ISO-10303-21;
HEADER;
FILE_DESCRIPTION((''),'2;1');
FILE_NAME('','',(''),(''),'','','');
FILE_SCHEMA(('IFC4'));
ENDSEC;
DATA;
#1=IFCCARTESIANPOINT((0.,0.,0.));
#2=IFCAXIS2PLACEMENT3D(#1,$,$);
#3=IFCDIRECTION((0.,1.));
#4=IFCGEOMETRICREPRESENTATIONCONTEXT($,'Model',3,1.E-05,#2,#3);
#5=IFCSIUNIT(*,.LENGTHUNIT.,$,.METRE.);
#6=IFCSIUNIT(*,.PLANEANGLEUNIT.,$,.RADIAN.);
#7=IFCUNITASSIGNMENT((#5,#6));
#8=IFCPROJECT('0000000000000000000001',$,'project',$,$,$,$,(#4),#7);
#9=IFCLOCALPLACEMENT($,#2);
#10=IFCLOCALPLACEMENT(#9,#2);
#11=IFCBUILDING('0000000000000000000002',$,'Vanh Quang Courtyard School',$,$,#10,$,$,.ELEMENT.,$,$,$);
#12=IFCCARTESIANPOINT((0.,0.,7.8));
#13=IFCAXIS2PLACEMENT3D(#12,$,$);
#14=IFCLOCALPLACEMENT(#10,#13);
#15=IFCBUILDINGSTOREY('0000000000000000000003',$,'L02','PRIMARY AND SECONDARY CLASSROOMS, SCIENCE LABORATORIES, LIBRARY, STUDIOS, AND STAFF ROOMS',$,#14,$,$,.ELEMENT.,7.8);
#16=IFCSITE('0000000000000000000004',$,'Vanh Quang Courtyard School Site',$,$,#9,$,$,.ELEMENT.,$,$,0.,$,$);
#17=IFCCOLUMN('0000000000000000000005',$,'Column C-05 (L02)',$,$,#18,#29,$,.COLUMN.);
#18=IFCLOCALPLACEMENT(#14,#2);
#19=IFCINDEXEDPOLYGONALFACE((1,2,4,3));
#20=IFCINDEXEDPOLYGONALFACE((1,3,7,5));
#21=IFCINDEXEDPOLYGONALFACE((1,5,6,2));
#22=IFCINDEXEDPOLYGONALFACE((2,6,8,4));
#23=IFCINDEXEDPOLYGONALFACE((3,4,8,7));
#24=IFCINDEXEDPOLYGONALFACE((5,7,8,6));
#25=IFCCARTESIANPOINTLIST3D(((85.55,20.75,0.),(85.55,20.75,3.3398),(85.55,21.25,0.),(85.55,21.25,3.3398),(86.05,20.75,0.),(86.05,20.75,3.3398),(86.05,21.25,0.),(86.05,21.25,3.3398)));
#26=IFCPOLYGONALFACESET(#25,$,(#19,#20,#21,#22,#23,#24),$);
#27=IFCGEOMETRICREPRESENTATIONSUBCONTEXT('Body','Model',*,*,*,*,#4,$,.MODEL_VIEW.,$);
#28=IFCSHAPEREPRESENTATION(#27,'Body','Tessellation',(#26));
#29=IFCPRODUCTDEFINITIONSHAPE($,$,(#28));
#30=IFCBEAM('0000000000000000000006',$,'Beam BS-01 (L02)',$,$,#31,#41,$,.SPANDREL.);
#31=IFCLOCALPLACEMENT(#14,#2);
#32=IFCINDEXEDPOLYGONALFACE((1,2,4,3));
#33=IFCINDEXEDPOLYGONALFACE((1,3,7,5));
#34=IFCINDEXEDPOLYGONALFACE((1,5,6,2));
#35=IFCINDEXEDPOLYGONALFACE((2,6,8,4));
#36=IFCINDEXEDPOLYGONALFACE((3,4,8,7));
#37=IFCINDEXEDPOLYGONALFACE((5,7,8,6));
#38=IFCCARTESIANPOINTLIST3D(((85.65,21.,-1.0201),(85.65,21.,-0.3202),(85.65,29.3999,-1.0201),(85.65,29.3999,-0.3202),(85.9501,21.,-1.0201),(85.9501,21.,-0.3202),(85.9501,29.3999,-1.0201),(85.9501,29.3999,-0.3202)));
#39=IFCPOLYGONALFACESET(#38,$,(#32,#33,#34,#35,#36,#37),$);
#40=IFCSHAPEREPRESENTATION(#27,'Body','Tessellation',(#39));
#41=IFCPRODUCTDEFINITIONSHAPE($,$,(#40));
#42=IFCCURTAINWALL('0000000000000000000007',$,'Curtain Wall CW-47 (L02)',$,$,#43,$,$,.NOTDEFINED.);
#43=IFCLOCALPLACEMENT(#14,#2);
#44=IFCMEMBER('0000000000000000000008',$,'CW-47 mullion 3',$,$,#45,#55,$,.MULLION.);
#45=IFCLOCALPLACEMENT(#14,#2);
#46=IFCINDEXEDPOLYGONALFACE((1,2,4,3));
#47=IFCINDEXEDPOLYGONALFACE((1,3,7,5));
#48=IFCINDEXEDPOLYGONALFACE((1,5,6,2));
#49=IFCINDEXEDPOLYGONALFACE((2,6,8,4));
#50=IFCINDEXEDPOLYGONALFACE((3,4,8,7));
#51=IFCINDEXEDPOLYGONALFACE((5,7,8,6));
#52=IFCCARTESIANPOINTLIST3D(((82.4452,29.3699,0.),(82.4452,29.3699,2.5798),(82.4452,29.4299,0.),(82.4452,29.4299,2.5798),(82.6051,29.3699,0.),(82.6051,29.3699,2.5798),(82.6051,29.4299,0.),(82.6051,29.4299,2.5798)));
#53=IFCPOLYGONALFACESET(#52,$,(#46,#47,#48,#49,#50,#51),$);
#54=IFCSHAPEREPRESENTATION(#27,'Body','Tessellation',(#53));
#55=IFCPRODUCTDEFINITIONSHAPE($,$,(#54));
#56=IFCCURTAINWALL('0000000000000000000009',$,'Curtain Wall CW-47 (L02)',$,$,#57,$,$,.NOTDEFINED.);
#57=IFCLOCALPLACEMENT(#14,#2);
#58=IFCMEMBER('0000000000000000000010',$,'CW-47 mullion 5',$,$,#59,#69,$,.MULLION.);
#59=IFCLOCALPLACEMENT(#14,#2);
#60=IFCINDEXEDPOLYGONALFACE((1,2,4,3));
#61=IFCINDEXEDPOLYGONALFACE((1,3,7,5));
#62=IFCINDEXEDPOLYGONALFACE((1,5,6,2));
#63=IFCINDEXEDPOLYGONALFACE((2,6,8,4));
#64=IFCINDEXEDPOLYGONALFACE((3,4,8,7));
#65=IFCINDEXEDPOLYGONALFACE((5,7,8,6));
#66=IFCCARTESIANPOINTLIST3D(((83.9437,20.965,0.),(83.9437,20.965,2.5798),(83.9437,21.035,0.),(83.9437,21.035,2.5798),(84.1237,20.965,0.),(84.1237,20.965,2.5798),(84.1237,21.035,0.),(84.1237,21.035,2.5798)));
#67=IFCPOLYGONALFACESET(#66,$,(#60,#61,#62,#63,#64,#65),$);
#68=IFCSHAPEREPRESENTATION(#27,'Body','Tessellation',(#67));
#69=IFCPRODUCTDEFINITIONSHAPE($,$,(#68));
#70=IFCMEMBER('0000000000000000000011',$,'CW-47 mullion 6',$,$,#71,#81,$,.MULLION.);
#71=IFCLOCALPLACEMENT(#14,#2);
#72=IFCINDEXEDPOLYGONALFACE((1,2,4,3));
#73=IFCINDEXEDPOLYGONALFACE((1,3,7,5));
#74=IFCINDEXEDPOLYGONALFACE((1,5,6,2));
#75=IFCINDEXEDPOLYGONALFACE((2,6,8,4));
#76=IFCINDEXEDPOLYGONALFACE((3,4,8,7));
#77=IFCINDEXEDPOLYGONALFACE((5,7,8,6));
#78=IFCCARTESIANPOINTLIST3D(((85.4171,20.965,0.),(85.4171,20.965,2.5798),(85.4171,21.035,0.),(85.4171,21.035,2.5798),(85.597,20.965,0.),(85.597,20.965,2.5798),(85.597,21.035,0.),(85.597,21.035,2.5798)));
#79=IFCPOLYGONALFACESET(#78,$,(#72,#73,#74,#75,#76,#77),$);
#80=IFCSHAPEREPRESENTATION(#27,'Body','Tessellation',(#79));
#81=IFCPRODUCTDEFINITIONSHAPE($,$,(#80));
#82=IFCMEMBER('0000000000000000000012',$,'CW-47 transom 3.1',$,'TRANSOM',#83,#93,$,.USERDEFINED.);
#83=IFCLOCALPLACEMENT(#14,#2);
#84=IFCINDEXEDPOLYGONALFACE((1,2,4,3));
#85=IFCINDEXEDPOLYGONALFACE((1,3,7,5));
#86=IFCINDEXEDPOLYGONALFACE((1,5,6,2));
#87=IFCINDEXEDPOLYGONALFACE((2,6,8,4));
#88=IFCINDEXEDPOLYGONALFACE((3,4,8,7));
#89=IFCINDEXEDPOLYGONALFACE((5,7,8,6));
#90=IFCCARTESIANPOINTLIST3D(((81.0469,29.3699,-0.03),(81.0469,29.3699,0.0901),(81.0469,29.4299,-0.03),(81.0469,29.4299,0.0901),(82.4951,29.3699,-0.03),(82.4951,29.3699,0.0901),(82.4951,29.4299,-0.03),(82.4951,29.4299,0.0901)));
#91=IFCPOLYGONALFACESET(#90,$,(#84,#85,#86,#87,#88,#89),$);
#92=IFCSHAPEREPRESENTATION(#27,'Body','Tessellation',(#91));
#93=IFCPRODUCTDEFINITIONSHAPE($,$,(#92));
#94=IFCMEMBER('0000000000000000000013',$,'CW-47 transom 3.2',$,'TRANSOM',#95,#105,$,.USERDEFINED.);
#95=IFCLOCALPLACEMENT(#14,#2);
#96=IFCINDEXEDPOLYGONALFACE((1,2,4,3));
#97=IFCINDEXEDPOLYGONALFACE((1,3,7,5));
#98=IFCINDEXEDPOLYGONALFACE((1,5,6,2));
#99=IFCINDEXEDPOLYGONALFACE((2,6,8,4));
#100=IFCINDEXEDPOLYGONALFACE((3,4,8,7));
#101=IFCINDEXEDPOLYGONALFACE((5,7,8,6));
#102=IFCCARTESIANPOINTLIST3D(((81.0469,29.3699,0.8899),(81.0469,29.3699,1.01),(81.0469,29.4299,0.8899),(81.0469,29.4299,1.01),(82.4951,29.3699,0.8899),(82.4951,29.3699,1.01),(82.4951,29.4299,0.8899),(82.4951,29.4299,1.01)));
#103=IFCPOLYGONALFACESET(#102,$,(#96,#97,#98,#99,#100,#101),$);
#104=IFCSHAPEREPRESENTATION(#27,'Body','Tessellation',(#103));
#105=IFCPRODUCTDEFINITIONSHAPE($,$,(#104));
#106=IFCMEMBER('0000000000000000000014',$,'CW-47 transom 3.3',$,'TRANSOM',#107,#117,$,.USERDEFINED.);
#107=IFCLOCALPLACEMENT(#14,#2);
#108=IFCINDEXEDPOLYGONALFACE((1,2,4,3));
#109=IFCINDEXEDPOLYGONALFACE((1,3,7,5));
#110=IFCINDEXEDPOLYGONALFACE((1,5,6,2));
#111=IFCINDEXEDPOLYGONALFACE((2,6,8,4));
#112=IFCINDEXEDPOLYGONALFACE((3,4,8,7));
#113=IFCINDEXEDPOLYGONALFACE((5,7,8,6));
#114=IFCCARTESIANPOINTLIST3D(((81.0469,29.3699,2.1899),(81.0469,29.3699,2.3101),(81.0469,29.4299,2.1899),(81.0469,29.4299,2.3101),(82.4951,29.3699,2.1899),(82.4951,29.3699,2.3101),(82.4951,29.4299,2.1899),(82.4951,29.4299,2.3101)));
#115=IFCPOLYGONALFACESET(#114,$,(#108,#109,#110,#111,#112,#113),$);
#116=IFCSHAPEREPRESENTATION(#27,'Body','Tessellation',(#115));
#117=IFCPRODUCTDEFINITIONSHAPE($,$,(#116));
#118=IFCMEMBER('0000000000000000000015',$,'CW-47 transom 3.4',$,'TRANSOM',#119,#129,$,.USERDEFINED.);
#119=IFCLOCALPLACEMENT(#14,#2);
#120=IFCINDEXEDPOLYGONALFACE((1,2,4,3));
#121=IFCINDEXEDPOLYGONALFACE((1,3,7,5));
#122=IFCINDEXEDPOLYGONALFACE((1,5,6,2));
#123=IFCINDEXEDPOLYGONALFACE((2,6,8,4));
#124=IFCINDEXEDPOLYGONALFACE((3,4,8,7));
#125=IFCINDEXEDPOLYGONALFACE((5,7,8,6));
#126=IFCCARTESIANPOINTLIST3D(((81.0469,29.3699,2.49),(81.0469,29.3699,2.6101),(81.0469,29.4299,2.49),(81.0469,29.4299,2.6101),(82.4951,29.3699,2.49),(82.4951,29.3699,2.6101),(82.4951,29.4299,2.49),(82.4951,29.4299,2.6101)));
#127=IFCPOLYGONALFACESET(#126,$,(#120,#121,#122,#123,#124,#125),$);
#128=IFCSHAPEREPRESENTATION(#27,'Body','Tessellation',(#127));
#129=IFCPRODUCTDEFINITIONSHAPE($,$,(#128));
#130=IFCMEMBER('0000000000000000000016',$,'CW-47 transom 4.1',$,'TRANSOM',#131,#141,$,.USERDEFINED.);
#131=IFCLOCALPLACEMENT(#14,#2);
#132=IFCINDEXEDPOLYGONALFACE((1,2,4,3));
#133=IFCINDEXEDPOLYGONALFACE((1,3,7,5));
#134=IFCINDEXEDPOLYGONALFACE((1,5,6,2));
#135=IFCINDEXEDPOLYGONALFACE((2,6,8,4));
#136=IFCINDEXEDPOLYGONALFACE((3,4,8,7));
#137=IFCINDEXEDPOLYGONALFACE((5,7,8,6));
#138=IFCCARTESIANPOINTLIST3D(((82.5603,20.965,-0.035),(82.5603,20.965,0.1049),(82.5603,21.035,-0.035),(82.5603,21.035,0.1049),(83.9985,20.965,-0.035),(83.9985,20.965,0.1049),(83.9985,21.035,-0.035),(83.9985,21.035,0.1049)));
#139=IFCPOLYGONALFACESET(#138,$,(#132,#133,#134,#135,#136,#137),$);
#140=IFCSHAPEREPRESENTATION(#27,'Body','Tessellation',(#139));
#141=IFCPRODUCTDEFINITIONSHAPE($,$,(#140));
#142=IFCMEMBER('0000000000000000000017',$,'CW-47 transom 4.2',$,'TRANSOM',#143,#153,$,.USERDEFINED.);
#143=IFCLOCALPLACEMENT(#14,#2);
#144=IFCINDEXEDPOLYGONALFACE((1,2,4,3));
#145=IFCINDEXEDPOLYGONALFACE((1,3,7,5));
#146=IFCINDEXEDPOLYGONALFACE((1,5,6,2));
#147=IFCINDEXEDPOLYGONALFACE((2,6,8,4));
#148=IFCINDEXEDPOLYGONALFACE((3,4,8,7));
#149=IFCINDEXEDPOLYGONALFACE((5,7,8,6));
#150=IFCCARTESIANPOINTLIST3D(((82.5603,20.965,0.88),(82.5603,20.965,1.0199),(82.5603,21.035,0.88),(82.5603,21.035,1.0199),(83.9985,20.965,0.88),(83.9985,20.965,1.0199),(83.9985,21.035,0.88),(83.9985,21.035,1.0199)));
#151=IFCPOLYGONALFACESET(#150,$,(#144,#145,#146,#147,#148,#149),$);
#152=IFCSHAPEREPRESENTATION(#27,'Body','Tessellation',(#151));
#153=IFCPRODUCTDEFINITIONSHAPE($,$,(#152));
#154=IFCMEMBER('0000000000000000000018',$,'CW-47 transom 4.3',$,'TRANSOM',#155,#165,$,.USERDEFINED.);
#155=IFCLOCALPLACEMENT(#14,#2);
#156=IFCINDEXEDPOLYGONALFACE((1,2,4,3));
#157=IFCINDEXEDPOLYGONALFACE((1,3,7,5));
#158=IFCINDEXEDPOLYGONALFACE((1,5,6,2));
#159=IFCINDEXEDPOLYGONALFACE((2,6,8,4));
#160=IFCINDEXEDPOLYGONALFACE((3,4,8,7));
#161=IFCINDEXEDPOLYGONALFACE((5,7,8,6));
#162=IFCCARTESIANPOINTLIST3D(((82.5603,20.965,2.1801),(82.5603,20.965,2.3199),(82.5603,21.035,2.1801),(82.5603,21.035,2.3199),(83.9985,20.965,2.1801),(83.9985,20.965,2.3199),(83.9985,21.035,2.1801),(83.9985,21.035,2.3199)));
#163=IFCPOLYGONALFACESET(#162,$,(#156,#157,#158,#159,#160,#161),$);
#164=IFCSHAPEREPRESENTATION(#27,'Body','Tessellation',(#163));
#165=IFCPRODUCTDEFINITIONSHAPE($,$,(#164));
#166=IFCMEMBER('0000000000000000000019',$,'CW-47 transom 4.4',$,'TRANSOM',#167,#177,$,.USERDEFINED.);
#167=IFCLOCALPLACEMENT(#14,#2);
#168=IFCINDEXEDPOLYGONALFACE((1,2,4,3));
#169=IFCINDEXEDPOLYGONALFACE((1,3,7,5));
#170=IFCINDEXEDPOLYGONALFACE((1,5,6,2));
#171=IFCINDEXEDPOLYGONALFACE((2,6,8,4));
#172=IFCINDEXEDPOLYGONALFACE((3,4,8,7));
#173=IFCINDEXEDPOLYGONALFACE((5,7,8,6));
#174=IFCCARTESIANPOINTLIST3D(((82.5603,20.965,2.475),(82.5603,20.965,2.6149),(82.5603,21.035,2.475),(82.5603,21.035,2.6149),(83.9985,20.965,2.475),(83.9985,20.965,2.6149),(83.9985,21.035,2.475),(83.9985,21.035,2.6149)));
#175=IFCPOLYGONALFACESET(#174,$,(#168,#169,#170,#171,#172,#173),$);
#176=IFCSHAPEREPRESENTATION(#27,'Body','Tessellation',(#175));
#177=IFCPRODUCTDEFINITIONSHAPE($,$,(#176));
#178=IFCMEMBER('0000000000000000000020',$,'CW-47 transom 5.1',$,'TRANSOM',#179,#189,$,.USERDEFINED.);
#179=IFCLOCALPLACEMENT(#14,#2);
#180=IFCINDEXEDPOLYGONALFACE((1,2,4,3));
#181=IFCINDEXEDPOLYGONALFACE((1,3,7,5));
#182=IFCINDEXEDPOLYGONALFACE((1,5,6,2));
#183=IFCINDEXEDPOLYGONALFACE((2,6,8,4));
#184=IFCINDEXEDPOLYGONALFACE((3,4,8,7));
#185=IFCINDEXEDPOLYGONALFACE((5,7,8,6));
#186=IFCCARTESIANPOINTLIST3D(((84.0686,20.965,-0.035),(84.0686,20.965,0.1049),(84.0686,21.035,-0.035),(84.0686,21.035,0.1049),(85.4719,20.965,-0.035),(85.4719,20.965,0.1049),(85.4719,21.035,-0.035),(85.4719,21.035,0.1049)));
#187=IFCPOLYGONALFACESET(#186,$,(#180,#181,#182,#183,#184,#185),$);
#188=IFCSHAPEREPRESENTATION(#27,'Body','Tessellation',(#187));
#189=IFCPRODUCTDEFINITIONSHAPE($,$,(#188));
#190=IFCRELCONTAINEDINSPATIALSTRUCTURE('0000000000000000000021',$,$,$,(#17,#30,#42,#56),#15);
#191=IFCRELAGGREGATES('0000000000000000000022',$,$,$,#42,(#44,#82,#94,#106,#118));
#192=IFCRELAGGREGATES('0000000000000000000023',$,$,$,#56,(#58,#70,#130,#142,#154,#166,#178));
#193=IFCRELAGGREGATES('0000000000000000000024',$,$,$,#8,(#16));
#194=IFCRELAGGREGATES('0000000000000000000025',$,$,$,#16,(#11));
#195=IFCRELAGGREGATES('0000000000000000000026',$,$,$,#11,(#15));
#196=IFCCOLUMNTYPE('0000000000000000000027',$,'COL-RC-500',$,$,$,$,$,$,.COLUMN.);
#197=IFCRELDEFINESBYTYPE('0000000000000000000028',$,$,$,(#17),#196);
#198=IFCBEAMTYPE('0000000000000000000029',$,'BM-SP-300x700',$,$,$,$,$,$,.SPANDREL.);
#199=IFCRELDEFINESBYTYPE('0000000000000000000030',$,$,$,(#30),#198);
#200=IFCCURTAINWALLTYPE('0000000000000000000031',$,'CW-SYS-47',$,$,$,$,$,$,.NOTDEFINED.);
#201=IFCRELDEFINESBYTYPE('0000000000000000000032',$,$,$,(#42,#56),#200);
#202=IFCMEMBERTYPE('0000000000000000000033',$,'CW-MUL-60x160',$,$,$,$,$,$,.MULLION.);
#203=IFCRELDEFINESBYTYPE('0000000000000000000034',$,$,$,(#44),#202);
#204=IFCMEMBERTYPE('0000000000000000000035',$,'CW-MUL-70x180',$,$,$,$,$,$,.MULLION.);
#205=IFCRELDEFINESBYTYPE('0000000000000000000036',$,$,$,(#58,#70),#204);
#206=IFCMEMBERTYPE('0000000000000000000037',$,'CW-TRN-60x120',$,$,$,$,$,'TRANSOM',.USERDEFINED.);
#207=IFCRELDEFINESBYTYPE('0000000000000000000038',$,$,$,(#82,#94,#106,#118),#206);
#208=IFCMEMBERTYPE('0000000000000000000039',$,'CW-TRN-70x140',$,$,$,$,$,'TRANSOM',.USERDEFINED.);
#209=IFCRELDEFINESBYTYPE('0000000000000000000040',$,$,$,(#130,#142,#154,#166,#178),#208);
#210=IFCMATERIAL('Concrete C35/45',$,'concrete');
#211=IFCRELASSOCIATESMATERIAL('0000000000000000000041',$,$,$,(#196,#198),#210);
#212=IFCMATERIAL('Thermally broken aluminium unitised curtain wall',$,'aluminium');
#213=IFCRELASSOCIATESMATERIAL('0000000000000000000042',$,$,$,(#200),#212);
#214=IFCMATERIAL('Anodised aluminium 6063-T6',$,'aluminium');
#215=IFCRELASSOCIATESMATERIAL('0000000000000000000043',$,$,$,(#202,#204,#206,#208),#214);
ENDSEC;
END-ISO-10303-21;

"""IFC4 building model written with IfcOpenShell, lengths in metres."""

from ifc_helpers import new_model, si_unit, direction, frame, origin, origin_2d, place, context, subcontext, project, spatial, rectangle, extrude, material, material_profile, profile_set, type_object, element, aggregate, save


model = new_model("IFC4")

# Units and contexts
model_context = context("Model", 3, precision=1e-05, world=origin(), true_north=direction((0.0, 1.0)))
body_context = subcontext(model_context, "Body", "Model", "MODEL_VIEW")
ifc_project = project(units=[si_unit("LENGTHUNIT", "METRE"), si_unit("PLANEANGLEUNIT", "RADIAN")], contexts=[model_context])

# Site, building, storey
site_placement = place(None, origin())
site = spatial("IfcSite", under=ifc_project, at=site_placement, Name="Vanh Quang Courtyard School Site", CompositionType="ELEMENT", RefElevation=0.0)
building_placement = place(site_placement, origin())
building = spatial("IfcBuilding", under=site, at=building_placement, Name="Vanh Quang Courtyard School", CompositionType="ELEMENT")
storey_placement = place(building_placement, frame((0.0, 0.0, 7.8)))
storey = spatial("IfcBuildingStorey", under=building, at=storey_placement, Name="L02", Description="PRIMARY AND SECONDARY CLASSROOMS, SCIENCE LABORATORIES, LIBRARY, STUDIOS, AND STAFF ROOMS", CompositionType="ELEMENT", Elevation=7.8)

# Column
ifc_material_1 = material(Name="Concrete C35/45", Category="concrete")
ifc_material_profile_1 = material_profile(ifc_material_1, rectangle(XDim=0.5, YDim=0.5, at=origin_2d()), Name="RC-COL 500x500")
ifc_profile_set_1 = profile_set([ifc_material_profile_1], Name="Concrete C35/45")
column_type = type_object("IfcColumnType", Name="COL-RC-500", PredefinedType="COLUMN", material=ifc_profile_set_1)
column_placement = place(storey_placement, frame((85.8, 21.0, 0.0), z_axis=(0.0, 0.0, 1.0), x_axis=(1.0, 0.0, 0.0)))
element("IfcColumn", 1, at=column_placement, inside=storey, type_object=column_type, Name="Column C-05 (L02)", PredefinedType="COLUMN", context=body_context, shape_type="SweptSolid", body=[
    extrude(rectangle(XDim=0.5, YDim=0.5, at=origin_2d()), origin(), (0.0, 0.0, 1.0), 3.3398),
])

# Beam
ifc_material_profile_2 = material_profile(ifc_material_1, rectangle(XDim=0.3, YDim=0.7, at=origin_2d()), Name="RC-SP 300x700")
ifc_profile_set_2 = profile_set([ifc_material_profile_2], Name="Concrete C35/45")
beam_type = type_object("IfcBeamType", Name="BM-SP-300x700", PredefinedType="SPANDREL", material=ifc_profile_set_2)
beam_placement = place(storey_placement, frame((85.8, 21.0, -0.6702), z_axis=(0.0, 1.0, 0.0), x_axis=(-1.0, 0.0, 0.0)))
element("IfcBeam", 2, at=beam_placement, inside=storey, type_object=beam_type, Name="Beam BS-01 (L02)", PredefinedType="SPANDREL", context=body_context, shape_type="SweptSolid", body=[
    extrude(rectangle(XDim=0.3, YDim=0.7, at=origin_2d()), origin(), (0.0, 0.0, 1.0), 8.3999),
])

# Curtain wall, member
ifc_material_2 = material(Name="Thermally broken aluminium unitised curtain wall", Category="aluminium")
curtain_wall_type = type_object("IfcCurtainWallType", Name="CW-SYS-47", PredefinedType="NOTDEFINED", material=ifc_material_2)
curtain_wall_1_placement = place(storey_placement, origin())
curtain_wall_1 = element("IfcCurtainWall", 3, at=curtain_wall_1_placement, inside=storey, type_object=curtain_wall_type, Name="Curtain Wall CW-47 (L02)", PredefinedType="NOTDEFINED")
ifc_material_3 = material(Name="Anodised aluminium 6063-T6", Category="aluminium")
ifc_material_profile_3 = material_profile(ifc_material_3, rectangle(XDim=0.0601, YDim=0.1599, at=origin_2d()), Name="ALU-MUL 60x160")
ifc_profile_set_3 = profile_set([ifc_material_profile_3], Name="Anodised aluminium 6063-T6")
member_type_1 = type_object("IfcMemberType", Name="CW-MUL-60x160", PredefinedType="MULLION", material=ifc_profile_set_3)
member_1_placement = place(storey_placement, frame((82.5251, 29.3999, 0.0), z_axis=(0.0, 0.0, 1.0), x_axis=(0.0, -1.0, 0.0)))
member_1 = element("IfcMember", 4, at=member_1_placement, type_object=member_type_1, Name="CW-47 mullion 3", PredefinedType="MULLION", context=body_context, shape_type="SweptSolid", body=[
    extrude(rectangle(XDim=0.0601, YDim=0.1599, at=origin_2d()), origin(), (0.0, 0.0, 1.0), 2.5798),
])

# Curtain wall, members
curtain_wall_2_placement = place(storey_placement, origin())
curtain_wall_2 = element("IfcCurtainWall", 5, at=curtain_wall_2_placement, inside=storey, type_object=curtain_wall_type, Name="Curtain Wall CW-47 (L02)", PredefinedType="NOTDEFINED")
ifc_material_profile_4 = material_profile(ifc_material_3, rectangle(XDim=0.0701, YDim=0.1799, at=origin_2d()), Name="ALU-MUL 70x180")
ifc_profile_set_4 = profile_set([ifc_material_profile_4], Name="Anodised aluminium 6063-T6")
member_type_2 = type_object("IfcMemberType", Name="CW-MUL-70x180", PredefinedType="MULLION", material=ifc_profile_set_4)
member_2_placement = place(storey_placement, frame((84.0337, 21.0, 0.0), z_axis=(0.0, 0.0, 1.0), x_axis=(0.0, 1.0, 0.0)))
member_2 = element("IfcMember", 6, at=member_2_placement, type_object=member_type_2, Name="CW-47 mullion 5", PredefinedType="MULLION", context=body_context, shape_type="SweptSolid", body=[
    extrude(rectangle(XDim=0.0701, YDim=0.1799, at=origin_2d()), origin(), (0.0, 0.0, 1.0), 2.5798),
])
member_3_placement = place(storey_placement, frame((85.5071, 21.0, 0.0), z_axis=(0.0, 0.0, 1.0), x_axis=(0.0, 1.0, 0.0)))
member_3 = element("IfcMember", 7, at=member_3_placement, type_object=member_type_2, Name="CW-47 mullion 6", PredefinedType="MULLION", context=body_context, shape_type="SweptSolid", body=[
    extrude(rectangle(XDim=0.0701, YDim=0.1799, at=origin_2d()), origin(), (0.0, 0.0, 1.0), 2.5798),
])

# Members
ifc_material_profile_5 = material_profile(ifc_material_3, rectangle(XDim=0.0601, YDim=0.1201, at=origin_2d()), Name="ALU-TRN 60x120")
ifc_profile_set_5 = profile_set([ifc_material_profile_5], Name="Anodised aluminium 6063-T6")
member_type_3 = type_object("IfcMemberType", Name="CW-TRN-60x120", ElementType="TRANSOM", PredefinedType="USERDEFINED", material=ifc_profile_set_5)
member_4_placement = place(storey_placement, frame((82.4951, 29.3999, 0.03), z_axis=(-1.0, 0.0, 0.0), x_axis=(0.0, -1.0, 0.0)))
member_4 = element("IfcMember", 8, at=member_4_placement, type_object=member_type_3, Name="CW-47 transom 3.1", ObjectType="TRANSOM", PredefinedType="USERDEFINED", context=body_context, shape_type="SweptSolid", body=[
    extrude(rectangle(XDim=0.0601, YDim=0.1201, at=origin_2d()), origin(), (0.0, 0.0, 1.0), 1.4482),
])
member_5_placement = place(storey_placement, frame((82.4951, 29.3999, 0.95), z_axis=(-1.0, 0.0, 0.0), x_axis=(0.0, -1.0, 0.0)))
member_5 = element("IfcMember", 9, at=member_5_placement, type_object=member_type_3, Name="CW-47 transom 3.2", ObjectType="TRANSOM", PredefinedType="USERDEFINED", context=body_context, shape_type="SweptSolid", body=[
    extrude(rectangle(XDim=0.0601, YDim=0.1201, at=origin_2d()), origin(), (0.0, 0.0, 1.0), 1.4482),
])
member_6_placement = place(storey_placement, frame((82.4951, 29.3999, 2.25), z_axis=(-1.0, 0.0, 0.0), x_axis=(0.0, -1.0, 0.0)))
member_6 = element("IfcMember", 10, at=member_6_placement, type_object=member_type_3, Name="CW-47 transom 3.3", ObjectType="TRANSOM", PredefinedType="USERDEFINED", context=body_context, shape_type="SweptSolid", body=[
    extrude(rectangle(XDim=0.0601, YDim=0.1201, at=origin_2d()), origin(), (0.0, 0.0, 1.0), 1.4482),
])
member_7_placement = place(storey_placement, frame((82.4951, 29.3999, 2.55), z_axis=(-1.0, 0.0, 0.0), x_axis=(0.0, -1.0, 0.0)))
member_7 = element("IfcMember", 11, at=member_7_placement, type_object=member_type_3, Name="CW-47 transom 3.4", ObjectType="TRANSOM", PredefinedType="USERDEFINED", context=body_context, shape_type="SweptSolid", body=[
    extrude(rectangle(XDim=0.0601, YDim=0.1201, at=origin_2d()), origin(), (0.0, 0.0, 1.0), 1.4482),
])
aggregate(curtain_wall_1, [member_1, member_4, member_5, member_6, member_7])
ifc_material_profile_6 = material_profile(ifc_material_3, rectangle(XDim=0.0701, YDim=0.1399, at=origin_2d()), Name="ALU-TRN 70x140")
ifc_profile_set_6 = profile_set([ifc_material_profile_6], Name="Anodised aluminium 6063-T6")
member_type_4 = type_object("IfcMemberType", Name="CW-TRN-70x140", ElementType="TRANSOM", PredefinedType="USERDEFINED", material=ifc_profile_set_6)
member_8_placement = place(storey_placement, frame((82.5603, 21.0, 0.0349), z_axis=(1.0, 0.0, 0.0), x_axis=(0.0, 1.0, 0.0)))
member_8 = element("IfcMember", 12, at=member_8_placement, type_object=member_type_4, Name="CW-47 transom 4.1", ObjectType="TRANSOM", PredefinedType="USERDEFINED", context=body_context, shape_type="SweptSolid", body=[
    extrude(rectangle(XDim=0.0701, YDim=0.1399, at=origin_2d()), origin(), (0.0, 0.0, 1.0), 1.4382),
])
member_9_placement = place(storey_placement, frame((82.5603, 21.0, 0.95), z_axis=(1.0, 0.0, 0.0), x_axis=(0.0, 1.0, 0.0)))
member_9 = element("IfcMember", 13, at=member_9_placement, type_object=member_type_4, Name="CW-47 transom 4.2", ObjectType="TRANSOM", PredefinedType="USERDEFINED", context=body_context, shape_type="SweptSolid", body=[
    extrude(rectangle(XDim=0.0701, YDim=0.1399, at=origin_2d()), origin(), (0.0, 0.0, 1.0), 1.4382),
])
member_10_placement = place(storey_placement, frame((82.5603, 21.0, 2.25), z_axis=(1.0, 0.0, 0.0), x_axis=(0.0, 1.0, 0.0)))
member_10 = element("IfcMember", 14, at=member_10_placement, type_object=member_type_4, Name="CW-47 transom 4.3", ObjectType="TRANSOM", PredefinedType="USERDEFINED", context=body_context, shape_type="SweptSolid", body=[
    extrude(rectangle(XDim=0.0701, YDim=0.1399, at=origin_2d()), origin(), (0.0, 0.0, 1.0), 1.4382),
])
member_11_placement = place(storey_placement, frame((82.5603, 21.0, 2.5449), z_axis=(1.0, 0.0, 0.0), x_axis=(0.0, 1.0, 0.0)))
member_11 = element("IfcMember", 15, at=member_11_placement, type_object=member_type_4, Name="CW-47 transom 4.4", ObjectType="TRANSOM", PredefinedType="USERDEFINED", context=body_context, shape_type="SweptSolid", body=[
    extrude(rectangle(XDim=0.0701, YDim=0.1399, at=origin_2d()), origin(), (0.0, 0.0, 1.0), 1.4382),
])
member_12_placement = place(storey_placement, frame((84.0686, 21.0, 0.0349), z_axis=(1.0, 0.0, 0.0), x_axis=(0.0, 1.0, 0.0)))
member_12 = element("IfcMember", 16, at=member_12_placement, type_object=member_type_4, Name="CW-47 transom 5.1", ObjectType="TRANSOM", PredefinedType="USERDEFINED", context=body_context, shape_type="SweptSolid", body=[
    extrude(rectangle(XDim=0.0701, YDim=0.1399, at=origin_2d()), origin(), (0.0, 0.0, 1.0), 1.4033),
])

aggregate(curtain_wall_2, [member_2, member_3, member_8, member_9, member_10, member_11, member_12])

save(model, "model.ifc")
